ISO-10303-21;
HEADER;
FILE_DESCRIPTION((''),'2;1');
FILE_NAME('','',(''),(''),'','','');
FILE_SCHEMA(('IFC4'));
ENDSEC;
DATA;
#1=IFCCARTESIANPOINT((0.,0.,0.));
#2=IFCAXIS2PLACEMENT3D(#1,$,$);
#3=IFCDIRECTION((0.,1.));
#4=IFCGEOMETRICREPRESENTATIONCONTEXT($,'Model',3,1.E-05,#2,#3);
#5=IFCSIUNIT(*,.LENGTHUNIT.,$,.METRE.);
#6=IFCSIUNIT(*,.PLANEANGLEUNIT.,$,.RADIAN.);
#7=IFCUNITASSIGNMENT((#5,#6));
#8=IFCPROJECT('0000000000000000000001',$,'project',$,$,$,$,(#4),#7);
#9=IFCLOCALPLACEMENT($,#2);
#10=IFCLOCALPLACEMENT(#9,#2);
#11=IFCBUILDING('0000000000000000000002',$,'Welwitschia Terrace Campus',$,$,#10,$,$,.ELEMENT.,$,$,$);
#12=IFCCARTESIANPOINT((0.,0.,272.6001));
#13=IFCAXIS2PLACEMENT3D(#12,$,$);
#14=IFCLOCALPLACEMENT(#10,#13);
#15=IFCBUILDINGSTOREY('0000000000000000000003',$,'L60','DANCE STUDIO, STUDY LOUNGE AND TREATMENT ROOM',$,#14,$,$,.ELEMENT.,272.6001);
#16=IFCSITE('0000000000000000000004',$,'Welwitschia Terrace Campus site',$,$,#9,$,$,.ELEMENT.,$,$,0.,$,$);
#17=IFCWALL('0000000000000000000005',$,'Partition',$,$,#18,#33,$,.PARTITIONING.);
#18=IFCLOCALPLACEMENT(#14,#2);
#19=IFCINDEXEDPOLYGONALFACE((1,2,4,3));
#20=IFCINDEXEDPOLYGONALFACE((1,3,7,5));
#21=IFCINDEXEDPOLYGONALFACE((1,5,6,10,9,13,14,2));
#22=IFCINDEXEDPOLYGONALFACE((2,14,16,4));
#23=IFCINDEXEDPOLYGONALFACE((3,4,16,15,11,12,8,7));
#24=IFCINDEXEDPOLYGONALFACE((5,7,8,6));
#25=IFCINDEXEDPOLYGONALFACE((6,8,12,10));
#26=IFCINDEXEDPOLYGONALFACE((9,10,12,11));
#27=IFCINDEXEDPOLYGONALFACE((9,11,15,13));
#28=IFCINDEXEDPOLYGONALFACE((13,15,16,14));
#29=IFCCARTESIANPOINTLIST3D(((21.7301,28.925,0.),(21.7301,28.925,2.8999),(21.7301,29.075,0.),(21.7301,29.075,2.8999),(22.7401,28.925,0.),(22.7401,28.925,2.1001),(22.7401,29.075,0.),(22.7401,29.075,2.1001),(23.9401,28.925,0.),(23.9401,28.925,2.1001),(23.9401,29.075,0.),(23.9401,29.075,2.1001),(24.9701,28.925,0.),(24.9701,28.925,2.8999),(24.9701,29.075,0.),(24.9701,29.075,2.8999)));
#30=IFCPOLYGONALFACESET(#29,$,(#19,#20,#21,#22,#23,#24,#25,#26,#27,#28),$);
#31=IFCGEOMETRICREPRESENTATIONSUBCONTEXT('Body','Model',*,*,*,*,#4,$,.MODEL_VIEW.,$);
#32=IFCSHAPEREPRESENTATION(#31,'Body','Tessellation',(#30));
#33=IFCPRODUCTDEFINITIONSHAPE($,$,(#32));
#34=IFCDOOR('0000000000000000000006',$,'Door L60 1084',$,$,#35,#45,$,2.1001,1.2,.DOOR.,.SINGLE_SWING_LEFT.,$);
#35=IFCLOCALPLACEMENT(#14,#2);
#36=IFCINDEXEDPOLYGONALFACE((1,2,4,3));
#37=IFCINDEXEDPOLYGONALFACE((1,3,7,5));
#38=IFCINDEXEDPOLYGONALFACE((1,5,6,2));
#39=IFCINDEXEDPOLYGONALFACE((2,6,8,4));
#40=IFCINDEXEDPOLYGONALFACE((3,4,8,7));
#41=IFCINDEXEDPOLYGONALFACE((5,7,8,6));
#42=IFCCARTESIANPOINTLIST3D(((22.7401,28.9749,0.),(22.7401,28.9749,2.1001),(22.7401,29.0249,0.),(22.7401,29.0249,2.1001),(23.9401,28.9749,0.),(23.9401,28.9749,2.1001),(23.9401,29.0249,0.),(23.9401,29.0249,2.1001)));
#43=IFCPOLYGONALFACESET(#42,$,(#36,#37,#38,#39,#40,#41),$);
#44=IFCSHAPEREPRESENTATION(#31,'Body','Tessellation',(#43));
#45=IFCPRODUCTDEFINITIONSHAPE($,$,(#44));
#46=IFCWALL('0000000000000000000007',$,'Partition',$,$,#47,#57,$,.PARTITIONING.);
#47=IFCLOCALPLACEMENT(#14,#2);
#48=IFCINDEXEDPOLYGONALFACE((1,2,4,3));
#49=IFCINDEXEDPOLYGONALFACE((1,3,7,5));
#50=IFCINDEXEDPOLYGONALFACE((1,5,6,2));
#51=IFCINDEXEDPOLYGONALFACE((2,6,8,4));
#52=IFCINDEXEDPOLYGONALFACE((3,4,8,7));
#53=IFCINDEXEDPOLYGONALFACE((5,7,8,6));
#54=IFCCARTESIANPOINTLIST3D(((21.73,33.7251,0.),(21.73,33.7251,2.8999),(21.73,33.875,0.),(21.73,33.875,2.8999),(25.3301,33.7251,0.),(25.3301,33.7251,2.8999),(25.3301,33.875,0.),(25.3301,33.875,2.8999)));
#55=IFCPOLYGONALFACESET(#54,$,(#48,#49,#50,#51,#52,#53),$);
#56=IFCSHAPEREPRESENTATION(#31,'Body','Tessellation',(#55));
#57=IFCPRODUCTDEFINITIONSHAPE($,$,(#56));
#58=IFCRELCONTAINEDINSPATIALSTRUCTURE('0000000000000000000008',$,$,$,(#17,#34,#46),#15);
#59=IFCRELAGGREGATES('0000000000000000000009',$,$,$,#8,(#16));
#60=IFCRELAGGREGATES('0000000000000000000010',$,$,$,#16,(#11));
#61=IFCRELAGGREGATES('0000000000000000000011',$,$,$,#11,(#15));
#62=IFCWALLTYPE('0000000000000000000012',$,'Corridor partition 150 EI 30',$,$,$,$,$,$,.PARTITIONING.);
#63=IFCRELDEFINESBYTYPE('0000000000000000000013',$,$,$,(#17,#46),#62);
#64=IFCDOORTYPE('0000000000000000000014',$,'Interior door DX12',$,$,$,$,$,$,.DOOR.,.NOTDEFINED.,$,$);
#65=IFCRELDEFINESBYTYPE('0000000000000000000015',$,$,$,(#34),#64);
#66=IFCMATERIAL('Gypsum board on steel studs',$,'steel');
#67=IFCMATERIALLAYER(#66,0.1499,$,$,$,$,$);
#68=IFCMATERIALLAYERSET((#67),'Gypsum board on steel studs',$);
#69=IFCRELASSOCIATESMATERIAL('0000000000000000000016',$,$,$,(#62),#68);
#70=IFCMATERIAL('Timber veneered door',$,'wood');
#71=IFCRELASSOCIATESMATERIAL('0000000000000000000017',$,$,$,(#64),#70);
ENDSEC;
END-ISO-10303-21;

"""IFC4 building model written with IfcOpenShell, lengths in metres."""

from ifc_helpers import new_model, si_unit, direction, frame, frame_2d, origin, place, context, subcontext, project, spatial, rectangle, extrude, material, layer, layer_set, type_object, element, fill, save


model = new_model("IFC4")

# Units and contexts
model_context = context("Model", 3, precision=1e-05, world=origin(), true_north=direction((0.0, 1.0)))
body_context = subcontext(model_context, "Body", "Model", "MODEL_VIEW")
ifc_project = project(units=[si_unit("LENGTHUNIT", "METRE"), si_unit("PLANEANGLEUNIT", "RADIAN")], contexts=[model_context])

# Site, building, storey
site_placement = place(None, origin())
site = spatial("IfcSite", under=ifc_project, at=site_placement, Name="Welwitschia Terrace Campus site", CompositionType="ELEMENT", RefElevation=0.0)
building_placement = place(site_placement, origin())
building = spatial("IfcBuilding", under=site, at=building_placement, Name="Welwitschia Terrace Campus", CompositionType="ELEMENT")
storey_placement = place(building_placement, frame((0.0, 0.0, 272.6001)))
storey = spatial("IfcBuildingStorey", under=building, at=storey_placement, Name="L60", Description="DANCE STUDIO, STUDY LOUNGE AND TREATMENT ROOM", CompositionType="ELEMENT", Elevation=272.6001)

# Shared definitions
ifc_material_1 = material(Name="Gypsum board on steel studs", Category="steel")
ifc_layer_1 = layer(ifc_material_1, 0.1499)
ifc_layer_set_1 = layer_set([ifc_layer_1], Name="Gypsum board on steel studs")
wall_type = type_object("IfcWallType", Name="Corridor partition 150 EI 30", PredefinedType="PARTITIONING", material=ifc_layer_set_1)

# Wall, opening, door
wall_1_placement = place(storey_placement, frame((21.73, 29.0, 0.0), z_axis=(0.0, 0.0, 1.0), x_axis=(1.0, 0.0, 0.0)))
wall_1 = element("IfcWall", 1, at=wall_1_placement, inside=storey, type_object=wall_type, Name="Partition", PredefinedType="PARTITIONING", context=body_context, shape_type="SweptSolid", body=[
    extrude(rectangle(XDim=3.24, YDim=0.1499, at=frame_2d((1.6201, 0.0))), origin(), (0.0, 0.0, 1.0), 2.8999),
])
opening_1_placement = place(wall_1_placement, frame((1.01, 0.0, 0.0)))
opening_1 = element("IfcOpeningElement", 2, at=opening_1_placement, cuts=wall_1, PredefinedType="OPENING", context=body_context, shape_type="SweptSolid", body=[
    extrude(rectangle(XDim=1.2, YDim=2.1001, at=frame_2d((0.6001, 1.05))), frame((0.0, 0.085, 0.0), z_axis=(0.0, -1.0, 0.0), x_axis=(1.0, 0.0, 0.0)), (0.0, 0.0, 1.0), 0.1699),
])
ifc_material_2 = material(Name="Timber veneered door", Category="wood")
door_type_1 = type_object("IfcDoorType", Name="Interior door DX12", OperationType="NOTDEFINED", PredefinedType="DOOR", material=ifc_material_2)
door_1_placement = place(opening_1_placement, origin())
door_1 = element("IfcDoor", 3, at=door_1_placement, inside=storey, type_object=door_type_1, Name="Door L60 1084", OperationType="SINGLE_SWING_LEFT", OverallHeight=2.1001, OverallWidth=1.2, PredefinedType="DOOR", context=body_context, shape_type="SweptSolid", body=[
    extrude(rectangle(XDim=1.2, YDim=2.1001, at=frame_2d((0.6001, 1.05))), frame((0.0, 0.0249, 0.0), z_axis=(0.0, -1.0, 0.0), x_axis=(1.0, 0.0, 0.0)), (0.0, 0.0, 1.0), 0.05),
])
fill(opening_1, door_1)

# Wall
wall_2_placement = place(storey_placement, frame((21.73, 33.8, 0.0), z_axis=(0.0, 0.0, 1.0), x_axis=(1.0, 0.0, 0.0)))
element("IfcWall", 4, at=wall_2_placement, inside=storey, type_object=wall_type, Name="Partition", PredefinedType="PARTITIONING", context=body_context, shape_type="SweptSolid", body=[
    extrude(rectangle(XDim=3.6001, YDim=0.1499, at=frame_2d((1.8, 0.0))), origin(), (0.0, 0.0, 1.0), 2.8999),
])

save(model, "model.ifc")
